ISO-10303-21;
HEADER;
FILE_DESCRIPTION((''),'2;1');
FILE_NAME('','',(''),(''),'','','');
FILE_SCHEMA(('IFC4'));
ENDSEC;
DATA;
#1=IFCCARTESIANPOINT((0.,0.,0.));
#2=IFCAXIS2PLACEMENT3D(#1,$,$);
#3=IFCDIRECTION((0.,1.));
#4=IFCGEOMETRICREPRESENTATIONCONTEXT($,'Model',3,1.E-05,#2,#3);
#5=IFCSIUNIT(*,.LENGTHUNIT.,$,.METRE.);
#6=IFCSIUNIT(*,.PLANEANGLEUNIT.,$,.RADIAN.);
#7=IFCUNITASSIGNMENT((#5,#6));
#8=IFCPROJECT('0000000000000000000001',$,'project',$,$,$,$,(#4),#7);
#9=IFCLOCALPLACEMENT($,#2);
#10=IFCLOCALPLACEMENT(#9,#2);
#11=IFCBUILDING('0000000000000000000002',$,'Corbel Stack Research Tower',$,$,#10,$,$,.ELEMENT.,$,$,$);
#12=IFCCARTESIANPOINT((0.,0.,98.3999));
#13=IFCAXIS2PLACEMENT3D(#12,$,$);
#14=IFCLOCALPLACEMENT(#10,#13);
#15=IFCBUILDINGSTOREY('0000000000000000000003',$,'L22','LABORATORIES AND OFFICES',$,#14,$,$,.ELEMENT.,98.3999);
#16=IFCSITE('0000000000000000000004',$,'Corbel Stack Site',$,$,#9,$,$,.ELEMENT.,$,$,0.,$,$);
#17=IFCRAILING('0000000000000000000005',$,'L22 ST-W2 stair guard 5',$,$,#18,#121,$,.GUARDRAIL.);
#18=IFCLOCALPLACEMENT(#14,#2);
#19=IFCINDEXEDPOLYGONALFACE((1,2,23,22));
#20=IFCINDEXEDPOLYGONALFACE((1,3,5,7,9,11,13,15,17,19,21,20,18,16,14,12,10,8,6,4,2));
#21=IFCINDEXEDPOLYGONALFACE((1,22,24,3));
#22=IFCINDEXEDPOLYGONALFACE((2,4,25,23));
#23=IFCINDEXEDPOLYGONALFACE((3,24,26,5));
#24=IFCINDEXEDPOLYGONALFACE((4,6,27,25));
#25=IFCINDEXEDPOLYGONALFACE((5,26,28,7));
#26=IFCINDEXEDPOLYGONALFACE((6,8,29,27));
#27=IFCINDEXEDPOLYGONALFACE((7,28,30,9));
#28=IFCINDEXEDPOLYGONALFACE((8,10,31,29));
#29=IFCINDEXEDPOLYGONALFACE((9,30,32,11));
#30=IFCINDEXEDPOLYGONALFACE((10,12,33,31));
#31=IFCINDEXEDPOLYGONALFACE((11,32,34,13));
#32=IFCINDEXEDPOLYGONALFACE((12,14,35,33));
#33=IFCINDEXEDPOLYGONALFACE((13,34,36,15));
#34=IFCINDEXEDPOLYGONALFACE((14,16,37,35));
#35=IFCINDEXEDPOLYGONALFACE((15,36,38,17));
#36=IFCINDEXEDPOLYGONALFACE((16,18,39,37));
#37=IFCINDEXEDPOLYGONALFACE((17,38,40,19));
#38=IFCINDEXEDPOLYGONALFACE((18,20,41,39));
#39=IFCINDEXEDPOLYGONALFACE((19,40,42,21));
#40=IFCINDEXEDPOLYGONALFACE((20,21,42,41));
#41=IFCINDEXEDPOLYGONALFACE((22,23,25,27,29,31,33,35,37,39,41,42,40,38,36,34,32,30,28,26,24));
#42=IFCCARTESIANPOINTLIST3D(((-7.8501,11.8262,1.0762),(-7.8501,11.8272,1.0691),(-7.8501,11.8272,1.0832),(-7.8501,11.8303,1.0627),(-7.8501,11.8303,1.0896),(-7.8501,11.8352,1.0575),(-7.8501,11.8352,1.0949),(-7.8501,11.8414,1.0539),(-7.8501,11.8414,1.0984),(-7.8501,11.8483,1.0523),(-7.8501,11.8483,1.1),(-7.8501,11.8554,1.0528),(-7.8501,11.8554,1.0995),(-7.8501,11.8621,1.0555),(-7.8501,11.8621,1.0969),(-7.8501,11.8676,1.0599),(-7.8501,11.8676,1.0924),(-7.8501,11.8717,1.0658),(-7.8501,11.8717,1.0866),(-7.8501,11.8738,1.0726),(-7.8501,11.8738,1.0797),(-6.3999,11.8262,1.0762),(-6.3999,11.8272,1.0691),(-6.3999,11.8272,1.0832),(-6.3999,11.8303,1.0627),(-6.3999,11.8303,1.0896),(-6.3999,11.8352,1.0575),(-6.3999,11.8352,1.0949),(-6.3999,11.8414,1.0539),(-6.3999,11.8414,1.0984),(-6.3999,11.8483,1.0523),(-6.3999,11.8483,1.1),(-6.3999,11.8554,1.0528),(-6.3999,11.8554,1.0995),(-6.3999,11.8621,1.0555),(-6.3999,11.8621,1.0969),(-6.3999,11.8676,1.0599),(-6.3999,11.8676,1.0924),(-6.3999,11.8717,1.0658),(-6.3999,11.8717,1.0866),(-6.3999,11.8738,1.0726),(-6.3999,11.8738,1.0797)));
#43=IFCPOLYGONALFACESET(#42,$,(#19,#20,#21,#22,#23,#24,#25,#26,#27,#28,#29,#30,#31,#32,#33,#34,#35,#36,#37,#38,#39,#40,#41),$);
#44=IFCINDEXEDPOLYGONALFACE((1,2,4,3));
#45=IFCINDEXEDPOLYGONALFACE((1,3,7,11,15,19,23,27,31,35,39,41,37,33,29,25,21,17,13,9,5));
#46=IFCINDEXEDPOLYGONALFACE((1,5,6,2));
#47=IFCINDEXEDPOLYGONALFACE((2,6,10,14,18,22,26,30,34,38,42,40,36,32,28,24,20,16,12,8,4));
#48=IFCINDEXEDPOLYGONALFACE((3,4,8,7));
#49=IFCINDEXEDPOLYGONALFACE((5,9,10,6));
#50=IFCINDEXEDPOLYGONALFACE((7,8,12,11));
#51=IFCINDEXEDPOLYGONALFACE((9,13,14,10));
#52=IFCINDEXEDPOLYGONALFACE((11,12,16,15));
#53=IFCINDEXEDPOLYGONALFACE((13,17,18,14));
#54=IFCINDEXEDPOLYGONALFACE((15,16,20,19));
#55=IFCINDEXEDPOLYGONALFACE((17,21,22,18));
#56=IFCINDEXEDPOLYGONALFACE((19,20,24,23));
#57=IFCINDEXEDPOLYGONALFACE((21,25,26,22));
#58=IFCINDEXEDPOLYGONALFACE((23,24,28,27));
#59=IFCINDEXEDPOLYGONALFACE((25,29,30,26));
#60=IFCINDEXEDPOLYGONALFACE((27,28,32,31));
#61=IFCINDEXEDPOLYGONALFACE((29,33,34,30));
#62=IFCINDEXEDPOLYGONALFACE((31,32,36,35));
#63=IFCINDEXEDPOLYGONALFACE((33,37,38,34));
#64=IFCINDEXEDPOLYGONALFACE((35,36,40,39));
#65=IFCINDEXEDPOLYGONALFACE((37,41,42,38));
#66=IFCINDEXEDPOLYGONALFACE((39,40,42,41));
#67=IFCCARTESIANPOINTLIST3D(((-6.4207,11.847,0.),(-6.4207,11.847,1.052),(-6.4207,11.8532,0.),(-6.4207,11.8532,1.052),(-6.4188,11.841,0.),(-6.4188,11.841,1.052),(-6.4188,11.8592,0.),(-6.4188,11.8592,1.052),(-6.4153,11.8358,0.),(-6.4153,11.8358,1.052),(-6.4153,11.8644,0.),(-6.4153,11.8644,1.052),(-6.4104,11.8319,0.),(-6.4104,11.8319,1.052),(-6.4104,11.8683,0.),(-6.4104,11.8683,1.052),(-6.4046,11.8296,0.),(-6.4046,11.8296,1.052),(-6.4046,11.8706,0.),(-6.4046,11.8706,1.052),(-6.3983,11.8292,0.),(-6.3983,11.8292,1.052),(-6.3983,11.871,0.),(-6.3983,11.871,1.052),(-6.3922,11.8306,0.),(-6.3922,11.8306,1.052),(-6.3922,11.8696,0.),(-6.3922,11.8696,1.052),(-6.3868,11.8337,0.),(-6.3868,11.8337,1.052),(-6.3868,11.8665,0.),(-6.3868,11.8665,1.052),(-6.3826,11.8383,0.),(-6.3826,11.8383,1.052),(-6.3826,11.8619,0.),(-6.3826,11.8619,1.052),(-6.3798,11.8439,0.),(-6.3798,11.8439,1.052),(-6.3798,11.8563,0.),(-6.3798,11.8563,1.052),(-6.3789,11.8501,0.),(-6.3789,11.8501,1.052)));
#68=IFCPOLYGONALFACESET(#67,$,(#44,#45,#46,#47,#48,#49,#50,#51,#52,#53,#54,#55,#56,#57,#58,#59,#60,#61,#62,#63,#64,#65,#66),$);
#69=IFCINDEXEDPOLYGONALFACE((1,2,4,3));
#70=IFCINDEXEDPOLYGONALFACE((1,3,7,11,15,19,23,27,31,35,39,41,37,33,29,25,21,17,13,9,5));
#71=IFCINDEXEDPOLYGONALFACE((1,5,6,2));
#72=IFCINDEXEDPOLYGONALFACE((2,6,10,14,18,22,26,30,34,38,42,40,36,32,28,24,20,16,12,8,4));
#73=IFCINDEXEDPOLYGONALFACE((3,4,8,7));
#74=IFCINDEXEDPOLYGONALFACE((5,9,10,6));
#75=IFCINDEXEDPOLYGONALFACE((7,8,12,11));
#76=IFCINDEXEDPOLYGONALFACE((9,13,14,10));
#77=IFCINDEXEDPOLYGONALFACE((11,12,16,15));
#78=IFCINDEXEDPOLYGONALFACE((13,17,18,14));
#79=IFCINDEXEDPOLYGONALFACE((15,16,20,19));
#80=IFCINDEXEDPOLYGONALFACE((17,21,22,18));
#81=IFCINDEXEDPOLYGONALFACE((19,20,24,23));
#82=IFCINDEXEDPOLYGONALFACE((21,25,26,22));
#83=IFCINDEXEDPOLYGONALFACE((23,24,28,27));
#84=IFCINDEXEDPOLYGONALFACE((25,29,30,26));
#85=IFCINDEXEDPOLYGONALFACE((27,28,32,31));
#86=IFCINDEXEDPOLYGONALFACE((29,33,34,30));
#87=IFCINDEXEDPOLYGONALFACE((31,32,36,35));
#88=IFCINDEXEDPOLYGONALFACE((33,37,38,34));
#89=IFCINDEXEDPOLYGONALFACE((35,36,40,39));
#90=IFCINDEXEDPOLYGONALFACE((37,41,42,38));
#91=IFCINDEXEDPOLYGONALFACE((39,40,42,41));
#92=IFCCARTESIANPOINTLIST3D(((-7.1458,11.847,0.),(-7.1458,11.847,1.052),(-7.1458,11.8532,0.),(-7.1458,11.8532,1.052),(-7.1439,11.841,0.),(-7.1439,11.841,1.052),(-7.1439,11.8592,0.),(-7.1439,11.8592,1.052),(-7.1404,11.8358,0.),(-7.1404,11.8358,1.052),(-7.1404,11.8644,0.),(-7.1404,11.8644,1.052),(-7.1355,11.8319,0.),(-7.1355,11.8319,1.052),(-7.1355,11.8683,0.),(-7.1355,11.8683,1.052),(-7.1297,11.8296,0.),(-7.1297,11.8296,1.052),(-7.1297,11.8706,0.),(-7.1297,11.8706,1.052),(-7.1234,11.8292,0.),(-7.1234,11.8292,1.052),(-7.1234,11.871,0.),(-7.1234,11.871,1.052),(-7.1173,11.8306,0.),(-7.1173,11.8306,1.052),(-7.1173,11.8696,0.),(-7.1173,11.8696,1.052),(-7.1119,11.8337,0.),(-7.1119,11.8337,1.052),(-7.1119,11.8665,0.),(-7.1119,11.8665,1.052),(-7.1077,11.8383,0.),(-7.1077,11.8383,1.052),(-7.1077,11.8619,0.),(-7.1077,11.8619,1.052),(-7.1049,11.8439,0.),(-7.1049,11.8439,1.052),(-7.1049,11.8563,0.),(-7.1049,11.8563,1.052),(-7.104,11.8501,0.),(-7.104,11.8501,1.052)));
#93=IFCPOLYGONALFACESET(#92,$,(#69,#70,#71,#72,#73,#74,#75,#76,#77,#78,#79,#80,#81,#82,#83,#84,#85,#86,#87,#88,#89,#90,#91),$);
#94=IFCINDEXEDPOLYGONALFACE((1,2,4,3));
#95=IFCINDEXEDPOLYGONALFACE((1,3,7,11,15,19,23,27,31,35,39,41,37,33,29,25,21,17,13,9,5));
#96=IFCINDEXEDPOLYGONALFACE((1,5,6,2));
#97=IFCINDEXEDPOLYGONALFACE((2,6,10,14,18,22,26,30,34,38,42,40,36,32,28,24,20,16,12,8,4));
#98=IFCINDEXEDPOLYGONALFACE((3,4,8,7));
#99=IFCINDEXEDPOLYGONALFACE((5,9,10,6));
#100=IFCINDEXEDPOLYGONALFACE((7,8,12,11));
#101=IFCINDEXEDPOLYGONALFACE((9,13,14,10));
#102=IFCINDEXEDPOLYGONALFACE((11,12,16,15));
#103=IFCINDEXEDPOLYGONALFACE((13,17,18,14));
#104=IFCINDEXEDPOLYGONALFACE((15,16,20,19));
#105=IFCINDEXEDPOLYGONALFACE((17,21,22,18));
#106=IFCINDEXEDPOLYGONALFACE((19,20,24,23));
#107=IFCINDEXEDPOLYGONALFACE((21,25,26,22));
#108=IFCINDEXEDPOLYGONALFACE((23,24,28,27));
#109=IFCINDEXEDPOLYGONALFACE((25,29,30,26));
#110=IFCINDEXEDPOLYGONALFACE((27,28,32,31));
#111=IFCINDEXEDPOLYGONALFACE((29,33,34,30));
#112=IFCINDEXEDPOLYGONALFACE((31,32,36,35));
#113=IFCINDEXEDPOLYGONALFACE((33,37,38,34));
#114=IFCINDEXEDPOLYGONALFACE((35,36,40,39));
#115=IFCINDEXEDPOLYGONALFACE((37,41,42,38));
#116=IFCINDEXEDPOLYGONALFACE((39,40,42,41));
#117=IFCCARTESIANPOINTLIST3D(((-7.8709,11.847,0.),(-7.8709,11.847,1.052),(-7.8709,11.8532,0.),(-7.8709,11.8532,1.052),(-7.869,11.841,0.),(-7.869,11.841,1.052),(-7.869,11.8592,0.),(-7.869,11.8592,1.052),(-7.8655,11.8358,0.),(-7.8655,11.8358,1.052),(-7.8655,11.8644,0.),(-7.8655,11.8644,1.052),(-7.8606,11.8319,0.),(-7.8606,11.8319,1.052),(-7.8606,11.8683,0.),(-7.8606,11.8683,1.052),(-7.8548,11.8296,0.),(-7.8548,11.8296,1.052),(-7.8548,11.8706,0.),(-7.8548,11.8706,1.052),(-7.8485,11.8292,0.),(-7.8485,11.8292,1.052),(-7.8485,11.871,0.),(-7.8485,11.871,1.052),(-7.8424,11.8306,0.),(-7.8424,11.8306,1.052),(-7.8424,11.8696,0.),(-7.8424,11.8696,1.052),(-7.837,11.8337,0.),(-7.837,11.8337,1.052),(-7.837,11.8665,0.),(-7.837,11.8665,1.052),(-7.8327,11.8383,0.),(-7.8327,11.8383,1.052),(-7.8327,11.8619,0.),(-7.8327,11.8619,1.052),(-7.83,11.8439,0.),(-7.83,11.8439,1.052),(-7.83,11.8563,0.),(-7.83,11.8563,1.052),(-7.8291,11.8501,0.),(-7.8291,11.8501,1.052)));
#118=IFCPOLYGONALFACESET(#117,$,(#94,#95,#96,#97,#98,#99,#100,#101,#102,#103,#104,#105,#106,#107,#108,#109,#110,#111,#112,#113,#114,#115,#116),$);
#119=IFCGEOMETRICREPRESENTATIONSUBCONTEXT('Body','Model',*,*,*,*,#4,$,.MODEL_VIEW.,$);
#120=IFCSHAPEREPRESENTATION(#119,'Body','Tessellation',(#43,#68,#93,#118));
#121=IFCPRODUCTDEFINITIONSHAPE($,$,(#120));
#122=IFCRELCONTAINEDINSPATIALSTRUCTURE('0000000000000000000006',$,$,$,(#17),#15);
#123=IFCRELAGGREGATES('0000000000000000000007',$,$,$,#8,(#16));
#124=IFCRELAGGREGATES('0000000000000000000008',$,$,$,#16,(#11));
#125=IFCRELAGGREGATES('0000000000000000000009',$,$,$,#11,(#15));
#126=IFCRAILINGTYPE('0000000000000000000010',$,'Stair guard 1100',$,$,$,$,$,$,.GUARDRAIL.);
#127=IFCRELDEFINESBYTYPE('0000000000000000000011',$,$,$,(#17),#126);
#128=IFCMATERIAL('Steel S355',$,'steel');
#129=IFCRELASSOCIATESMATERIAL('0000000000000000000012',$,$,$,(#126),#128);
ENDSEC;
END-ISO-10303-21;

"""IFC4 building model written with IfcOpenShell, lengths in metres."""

from ifc_helpers import new_model, si_unit, direction, frame, origin, origin_2d, place, context, subcontext, project, spatial, circle, extrude, material, type_object, element, save


model = new_model("IFC4")

# Units and contexts
model_context = context("Model", 3, precision=1e-05, world=origin(), true_north=direction((0.0, 1.0)))
body_context = subcontext(model_context, "Body", "Model", "MODEL_VIEW")
ifc_project = project(units=[si_unit("LENGTHUNIT", "METRE"), si_unit("PLANEANGLEUNIT", "RADIAN")], contexts=[model_context])

# Site, building, storey
site_placement = place(None, origin())
site = spatial("IfcSite", under=ifc_project, at=site_placement, Name="Corbel Stack Site", CompositionType="ELEMENT", RefElevation=0.0)
building_placement = place(site_placement, origin())
building = spatial("IfcBuilding", under=site, at=building_placement, Name="Corbel Stack Research Tower", CompositionType="ELEMENT")
storey_placement = place(building_placement, frame((0.0, 0.0, 98.3999)))
storey = spatial("IfcBuildingStorey", under=building, at=storey_placement, Name="L22", Description="LABORATORIES AND OFFICES", CompositionType="ELEMENT", Elevation=98.3999)

# Railing
ifc_material_1 = material(Name="Steel S355", Category="steel")
railing_type_1 = type_object("IfcRailingType", Name="Stair guard 1100", PredefinedType="GUARDRAIL", material=ifc_material_1)
railing_1_placement = place(storey_placement, frame((-6.3999, 11.8501, 0.0)))
element("IfcRailing", 1, at=railing_1_placement, inside=storey, type_object=railing_type_1, Name="L22 ST-W2 stair guard 5", PredefinedType="GUARDRAIL", context=body_context, shape_type="SweptSolid", body=[
    extrude(circle(Radius=0.0239, at=origin_2d()), frame((0.0, 0.0, 1.0762), z_axis=(-1.0, 0.0, 0.0), x_axis=(0.0, -1.0, 0.0)), (0.0, 0.0, 1.0), 1.4502),
    extrude(circle(Radius=0.021, at=origin_2d()), origin(), (0.0, 0.0, 1.0), 1.052),
    extrude(circle(Radius=0.021, at=origin_2d()), frame((-0.7251, 0.0, 0.0)), (0.0, 0.0, 1.0), 1.052),
    extrude(circle(Radius=0.021, at=origin_2d()), frame((-1.4502, 0.0, 0.0)), (0.0, 0.0, 1.0), 1.052),
])

save(model, "model.ifc")
